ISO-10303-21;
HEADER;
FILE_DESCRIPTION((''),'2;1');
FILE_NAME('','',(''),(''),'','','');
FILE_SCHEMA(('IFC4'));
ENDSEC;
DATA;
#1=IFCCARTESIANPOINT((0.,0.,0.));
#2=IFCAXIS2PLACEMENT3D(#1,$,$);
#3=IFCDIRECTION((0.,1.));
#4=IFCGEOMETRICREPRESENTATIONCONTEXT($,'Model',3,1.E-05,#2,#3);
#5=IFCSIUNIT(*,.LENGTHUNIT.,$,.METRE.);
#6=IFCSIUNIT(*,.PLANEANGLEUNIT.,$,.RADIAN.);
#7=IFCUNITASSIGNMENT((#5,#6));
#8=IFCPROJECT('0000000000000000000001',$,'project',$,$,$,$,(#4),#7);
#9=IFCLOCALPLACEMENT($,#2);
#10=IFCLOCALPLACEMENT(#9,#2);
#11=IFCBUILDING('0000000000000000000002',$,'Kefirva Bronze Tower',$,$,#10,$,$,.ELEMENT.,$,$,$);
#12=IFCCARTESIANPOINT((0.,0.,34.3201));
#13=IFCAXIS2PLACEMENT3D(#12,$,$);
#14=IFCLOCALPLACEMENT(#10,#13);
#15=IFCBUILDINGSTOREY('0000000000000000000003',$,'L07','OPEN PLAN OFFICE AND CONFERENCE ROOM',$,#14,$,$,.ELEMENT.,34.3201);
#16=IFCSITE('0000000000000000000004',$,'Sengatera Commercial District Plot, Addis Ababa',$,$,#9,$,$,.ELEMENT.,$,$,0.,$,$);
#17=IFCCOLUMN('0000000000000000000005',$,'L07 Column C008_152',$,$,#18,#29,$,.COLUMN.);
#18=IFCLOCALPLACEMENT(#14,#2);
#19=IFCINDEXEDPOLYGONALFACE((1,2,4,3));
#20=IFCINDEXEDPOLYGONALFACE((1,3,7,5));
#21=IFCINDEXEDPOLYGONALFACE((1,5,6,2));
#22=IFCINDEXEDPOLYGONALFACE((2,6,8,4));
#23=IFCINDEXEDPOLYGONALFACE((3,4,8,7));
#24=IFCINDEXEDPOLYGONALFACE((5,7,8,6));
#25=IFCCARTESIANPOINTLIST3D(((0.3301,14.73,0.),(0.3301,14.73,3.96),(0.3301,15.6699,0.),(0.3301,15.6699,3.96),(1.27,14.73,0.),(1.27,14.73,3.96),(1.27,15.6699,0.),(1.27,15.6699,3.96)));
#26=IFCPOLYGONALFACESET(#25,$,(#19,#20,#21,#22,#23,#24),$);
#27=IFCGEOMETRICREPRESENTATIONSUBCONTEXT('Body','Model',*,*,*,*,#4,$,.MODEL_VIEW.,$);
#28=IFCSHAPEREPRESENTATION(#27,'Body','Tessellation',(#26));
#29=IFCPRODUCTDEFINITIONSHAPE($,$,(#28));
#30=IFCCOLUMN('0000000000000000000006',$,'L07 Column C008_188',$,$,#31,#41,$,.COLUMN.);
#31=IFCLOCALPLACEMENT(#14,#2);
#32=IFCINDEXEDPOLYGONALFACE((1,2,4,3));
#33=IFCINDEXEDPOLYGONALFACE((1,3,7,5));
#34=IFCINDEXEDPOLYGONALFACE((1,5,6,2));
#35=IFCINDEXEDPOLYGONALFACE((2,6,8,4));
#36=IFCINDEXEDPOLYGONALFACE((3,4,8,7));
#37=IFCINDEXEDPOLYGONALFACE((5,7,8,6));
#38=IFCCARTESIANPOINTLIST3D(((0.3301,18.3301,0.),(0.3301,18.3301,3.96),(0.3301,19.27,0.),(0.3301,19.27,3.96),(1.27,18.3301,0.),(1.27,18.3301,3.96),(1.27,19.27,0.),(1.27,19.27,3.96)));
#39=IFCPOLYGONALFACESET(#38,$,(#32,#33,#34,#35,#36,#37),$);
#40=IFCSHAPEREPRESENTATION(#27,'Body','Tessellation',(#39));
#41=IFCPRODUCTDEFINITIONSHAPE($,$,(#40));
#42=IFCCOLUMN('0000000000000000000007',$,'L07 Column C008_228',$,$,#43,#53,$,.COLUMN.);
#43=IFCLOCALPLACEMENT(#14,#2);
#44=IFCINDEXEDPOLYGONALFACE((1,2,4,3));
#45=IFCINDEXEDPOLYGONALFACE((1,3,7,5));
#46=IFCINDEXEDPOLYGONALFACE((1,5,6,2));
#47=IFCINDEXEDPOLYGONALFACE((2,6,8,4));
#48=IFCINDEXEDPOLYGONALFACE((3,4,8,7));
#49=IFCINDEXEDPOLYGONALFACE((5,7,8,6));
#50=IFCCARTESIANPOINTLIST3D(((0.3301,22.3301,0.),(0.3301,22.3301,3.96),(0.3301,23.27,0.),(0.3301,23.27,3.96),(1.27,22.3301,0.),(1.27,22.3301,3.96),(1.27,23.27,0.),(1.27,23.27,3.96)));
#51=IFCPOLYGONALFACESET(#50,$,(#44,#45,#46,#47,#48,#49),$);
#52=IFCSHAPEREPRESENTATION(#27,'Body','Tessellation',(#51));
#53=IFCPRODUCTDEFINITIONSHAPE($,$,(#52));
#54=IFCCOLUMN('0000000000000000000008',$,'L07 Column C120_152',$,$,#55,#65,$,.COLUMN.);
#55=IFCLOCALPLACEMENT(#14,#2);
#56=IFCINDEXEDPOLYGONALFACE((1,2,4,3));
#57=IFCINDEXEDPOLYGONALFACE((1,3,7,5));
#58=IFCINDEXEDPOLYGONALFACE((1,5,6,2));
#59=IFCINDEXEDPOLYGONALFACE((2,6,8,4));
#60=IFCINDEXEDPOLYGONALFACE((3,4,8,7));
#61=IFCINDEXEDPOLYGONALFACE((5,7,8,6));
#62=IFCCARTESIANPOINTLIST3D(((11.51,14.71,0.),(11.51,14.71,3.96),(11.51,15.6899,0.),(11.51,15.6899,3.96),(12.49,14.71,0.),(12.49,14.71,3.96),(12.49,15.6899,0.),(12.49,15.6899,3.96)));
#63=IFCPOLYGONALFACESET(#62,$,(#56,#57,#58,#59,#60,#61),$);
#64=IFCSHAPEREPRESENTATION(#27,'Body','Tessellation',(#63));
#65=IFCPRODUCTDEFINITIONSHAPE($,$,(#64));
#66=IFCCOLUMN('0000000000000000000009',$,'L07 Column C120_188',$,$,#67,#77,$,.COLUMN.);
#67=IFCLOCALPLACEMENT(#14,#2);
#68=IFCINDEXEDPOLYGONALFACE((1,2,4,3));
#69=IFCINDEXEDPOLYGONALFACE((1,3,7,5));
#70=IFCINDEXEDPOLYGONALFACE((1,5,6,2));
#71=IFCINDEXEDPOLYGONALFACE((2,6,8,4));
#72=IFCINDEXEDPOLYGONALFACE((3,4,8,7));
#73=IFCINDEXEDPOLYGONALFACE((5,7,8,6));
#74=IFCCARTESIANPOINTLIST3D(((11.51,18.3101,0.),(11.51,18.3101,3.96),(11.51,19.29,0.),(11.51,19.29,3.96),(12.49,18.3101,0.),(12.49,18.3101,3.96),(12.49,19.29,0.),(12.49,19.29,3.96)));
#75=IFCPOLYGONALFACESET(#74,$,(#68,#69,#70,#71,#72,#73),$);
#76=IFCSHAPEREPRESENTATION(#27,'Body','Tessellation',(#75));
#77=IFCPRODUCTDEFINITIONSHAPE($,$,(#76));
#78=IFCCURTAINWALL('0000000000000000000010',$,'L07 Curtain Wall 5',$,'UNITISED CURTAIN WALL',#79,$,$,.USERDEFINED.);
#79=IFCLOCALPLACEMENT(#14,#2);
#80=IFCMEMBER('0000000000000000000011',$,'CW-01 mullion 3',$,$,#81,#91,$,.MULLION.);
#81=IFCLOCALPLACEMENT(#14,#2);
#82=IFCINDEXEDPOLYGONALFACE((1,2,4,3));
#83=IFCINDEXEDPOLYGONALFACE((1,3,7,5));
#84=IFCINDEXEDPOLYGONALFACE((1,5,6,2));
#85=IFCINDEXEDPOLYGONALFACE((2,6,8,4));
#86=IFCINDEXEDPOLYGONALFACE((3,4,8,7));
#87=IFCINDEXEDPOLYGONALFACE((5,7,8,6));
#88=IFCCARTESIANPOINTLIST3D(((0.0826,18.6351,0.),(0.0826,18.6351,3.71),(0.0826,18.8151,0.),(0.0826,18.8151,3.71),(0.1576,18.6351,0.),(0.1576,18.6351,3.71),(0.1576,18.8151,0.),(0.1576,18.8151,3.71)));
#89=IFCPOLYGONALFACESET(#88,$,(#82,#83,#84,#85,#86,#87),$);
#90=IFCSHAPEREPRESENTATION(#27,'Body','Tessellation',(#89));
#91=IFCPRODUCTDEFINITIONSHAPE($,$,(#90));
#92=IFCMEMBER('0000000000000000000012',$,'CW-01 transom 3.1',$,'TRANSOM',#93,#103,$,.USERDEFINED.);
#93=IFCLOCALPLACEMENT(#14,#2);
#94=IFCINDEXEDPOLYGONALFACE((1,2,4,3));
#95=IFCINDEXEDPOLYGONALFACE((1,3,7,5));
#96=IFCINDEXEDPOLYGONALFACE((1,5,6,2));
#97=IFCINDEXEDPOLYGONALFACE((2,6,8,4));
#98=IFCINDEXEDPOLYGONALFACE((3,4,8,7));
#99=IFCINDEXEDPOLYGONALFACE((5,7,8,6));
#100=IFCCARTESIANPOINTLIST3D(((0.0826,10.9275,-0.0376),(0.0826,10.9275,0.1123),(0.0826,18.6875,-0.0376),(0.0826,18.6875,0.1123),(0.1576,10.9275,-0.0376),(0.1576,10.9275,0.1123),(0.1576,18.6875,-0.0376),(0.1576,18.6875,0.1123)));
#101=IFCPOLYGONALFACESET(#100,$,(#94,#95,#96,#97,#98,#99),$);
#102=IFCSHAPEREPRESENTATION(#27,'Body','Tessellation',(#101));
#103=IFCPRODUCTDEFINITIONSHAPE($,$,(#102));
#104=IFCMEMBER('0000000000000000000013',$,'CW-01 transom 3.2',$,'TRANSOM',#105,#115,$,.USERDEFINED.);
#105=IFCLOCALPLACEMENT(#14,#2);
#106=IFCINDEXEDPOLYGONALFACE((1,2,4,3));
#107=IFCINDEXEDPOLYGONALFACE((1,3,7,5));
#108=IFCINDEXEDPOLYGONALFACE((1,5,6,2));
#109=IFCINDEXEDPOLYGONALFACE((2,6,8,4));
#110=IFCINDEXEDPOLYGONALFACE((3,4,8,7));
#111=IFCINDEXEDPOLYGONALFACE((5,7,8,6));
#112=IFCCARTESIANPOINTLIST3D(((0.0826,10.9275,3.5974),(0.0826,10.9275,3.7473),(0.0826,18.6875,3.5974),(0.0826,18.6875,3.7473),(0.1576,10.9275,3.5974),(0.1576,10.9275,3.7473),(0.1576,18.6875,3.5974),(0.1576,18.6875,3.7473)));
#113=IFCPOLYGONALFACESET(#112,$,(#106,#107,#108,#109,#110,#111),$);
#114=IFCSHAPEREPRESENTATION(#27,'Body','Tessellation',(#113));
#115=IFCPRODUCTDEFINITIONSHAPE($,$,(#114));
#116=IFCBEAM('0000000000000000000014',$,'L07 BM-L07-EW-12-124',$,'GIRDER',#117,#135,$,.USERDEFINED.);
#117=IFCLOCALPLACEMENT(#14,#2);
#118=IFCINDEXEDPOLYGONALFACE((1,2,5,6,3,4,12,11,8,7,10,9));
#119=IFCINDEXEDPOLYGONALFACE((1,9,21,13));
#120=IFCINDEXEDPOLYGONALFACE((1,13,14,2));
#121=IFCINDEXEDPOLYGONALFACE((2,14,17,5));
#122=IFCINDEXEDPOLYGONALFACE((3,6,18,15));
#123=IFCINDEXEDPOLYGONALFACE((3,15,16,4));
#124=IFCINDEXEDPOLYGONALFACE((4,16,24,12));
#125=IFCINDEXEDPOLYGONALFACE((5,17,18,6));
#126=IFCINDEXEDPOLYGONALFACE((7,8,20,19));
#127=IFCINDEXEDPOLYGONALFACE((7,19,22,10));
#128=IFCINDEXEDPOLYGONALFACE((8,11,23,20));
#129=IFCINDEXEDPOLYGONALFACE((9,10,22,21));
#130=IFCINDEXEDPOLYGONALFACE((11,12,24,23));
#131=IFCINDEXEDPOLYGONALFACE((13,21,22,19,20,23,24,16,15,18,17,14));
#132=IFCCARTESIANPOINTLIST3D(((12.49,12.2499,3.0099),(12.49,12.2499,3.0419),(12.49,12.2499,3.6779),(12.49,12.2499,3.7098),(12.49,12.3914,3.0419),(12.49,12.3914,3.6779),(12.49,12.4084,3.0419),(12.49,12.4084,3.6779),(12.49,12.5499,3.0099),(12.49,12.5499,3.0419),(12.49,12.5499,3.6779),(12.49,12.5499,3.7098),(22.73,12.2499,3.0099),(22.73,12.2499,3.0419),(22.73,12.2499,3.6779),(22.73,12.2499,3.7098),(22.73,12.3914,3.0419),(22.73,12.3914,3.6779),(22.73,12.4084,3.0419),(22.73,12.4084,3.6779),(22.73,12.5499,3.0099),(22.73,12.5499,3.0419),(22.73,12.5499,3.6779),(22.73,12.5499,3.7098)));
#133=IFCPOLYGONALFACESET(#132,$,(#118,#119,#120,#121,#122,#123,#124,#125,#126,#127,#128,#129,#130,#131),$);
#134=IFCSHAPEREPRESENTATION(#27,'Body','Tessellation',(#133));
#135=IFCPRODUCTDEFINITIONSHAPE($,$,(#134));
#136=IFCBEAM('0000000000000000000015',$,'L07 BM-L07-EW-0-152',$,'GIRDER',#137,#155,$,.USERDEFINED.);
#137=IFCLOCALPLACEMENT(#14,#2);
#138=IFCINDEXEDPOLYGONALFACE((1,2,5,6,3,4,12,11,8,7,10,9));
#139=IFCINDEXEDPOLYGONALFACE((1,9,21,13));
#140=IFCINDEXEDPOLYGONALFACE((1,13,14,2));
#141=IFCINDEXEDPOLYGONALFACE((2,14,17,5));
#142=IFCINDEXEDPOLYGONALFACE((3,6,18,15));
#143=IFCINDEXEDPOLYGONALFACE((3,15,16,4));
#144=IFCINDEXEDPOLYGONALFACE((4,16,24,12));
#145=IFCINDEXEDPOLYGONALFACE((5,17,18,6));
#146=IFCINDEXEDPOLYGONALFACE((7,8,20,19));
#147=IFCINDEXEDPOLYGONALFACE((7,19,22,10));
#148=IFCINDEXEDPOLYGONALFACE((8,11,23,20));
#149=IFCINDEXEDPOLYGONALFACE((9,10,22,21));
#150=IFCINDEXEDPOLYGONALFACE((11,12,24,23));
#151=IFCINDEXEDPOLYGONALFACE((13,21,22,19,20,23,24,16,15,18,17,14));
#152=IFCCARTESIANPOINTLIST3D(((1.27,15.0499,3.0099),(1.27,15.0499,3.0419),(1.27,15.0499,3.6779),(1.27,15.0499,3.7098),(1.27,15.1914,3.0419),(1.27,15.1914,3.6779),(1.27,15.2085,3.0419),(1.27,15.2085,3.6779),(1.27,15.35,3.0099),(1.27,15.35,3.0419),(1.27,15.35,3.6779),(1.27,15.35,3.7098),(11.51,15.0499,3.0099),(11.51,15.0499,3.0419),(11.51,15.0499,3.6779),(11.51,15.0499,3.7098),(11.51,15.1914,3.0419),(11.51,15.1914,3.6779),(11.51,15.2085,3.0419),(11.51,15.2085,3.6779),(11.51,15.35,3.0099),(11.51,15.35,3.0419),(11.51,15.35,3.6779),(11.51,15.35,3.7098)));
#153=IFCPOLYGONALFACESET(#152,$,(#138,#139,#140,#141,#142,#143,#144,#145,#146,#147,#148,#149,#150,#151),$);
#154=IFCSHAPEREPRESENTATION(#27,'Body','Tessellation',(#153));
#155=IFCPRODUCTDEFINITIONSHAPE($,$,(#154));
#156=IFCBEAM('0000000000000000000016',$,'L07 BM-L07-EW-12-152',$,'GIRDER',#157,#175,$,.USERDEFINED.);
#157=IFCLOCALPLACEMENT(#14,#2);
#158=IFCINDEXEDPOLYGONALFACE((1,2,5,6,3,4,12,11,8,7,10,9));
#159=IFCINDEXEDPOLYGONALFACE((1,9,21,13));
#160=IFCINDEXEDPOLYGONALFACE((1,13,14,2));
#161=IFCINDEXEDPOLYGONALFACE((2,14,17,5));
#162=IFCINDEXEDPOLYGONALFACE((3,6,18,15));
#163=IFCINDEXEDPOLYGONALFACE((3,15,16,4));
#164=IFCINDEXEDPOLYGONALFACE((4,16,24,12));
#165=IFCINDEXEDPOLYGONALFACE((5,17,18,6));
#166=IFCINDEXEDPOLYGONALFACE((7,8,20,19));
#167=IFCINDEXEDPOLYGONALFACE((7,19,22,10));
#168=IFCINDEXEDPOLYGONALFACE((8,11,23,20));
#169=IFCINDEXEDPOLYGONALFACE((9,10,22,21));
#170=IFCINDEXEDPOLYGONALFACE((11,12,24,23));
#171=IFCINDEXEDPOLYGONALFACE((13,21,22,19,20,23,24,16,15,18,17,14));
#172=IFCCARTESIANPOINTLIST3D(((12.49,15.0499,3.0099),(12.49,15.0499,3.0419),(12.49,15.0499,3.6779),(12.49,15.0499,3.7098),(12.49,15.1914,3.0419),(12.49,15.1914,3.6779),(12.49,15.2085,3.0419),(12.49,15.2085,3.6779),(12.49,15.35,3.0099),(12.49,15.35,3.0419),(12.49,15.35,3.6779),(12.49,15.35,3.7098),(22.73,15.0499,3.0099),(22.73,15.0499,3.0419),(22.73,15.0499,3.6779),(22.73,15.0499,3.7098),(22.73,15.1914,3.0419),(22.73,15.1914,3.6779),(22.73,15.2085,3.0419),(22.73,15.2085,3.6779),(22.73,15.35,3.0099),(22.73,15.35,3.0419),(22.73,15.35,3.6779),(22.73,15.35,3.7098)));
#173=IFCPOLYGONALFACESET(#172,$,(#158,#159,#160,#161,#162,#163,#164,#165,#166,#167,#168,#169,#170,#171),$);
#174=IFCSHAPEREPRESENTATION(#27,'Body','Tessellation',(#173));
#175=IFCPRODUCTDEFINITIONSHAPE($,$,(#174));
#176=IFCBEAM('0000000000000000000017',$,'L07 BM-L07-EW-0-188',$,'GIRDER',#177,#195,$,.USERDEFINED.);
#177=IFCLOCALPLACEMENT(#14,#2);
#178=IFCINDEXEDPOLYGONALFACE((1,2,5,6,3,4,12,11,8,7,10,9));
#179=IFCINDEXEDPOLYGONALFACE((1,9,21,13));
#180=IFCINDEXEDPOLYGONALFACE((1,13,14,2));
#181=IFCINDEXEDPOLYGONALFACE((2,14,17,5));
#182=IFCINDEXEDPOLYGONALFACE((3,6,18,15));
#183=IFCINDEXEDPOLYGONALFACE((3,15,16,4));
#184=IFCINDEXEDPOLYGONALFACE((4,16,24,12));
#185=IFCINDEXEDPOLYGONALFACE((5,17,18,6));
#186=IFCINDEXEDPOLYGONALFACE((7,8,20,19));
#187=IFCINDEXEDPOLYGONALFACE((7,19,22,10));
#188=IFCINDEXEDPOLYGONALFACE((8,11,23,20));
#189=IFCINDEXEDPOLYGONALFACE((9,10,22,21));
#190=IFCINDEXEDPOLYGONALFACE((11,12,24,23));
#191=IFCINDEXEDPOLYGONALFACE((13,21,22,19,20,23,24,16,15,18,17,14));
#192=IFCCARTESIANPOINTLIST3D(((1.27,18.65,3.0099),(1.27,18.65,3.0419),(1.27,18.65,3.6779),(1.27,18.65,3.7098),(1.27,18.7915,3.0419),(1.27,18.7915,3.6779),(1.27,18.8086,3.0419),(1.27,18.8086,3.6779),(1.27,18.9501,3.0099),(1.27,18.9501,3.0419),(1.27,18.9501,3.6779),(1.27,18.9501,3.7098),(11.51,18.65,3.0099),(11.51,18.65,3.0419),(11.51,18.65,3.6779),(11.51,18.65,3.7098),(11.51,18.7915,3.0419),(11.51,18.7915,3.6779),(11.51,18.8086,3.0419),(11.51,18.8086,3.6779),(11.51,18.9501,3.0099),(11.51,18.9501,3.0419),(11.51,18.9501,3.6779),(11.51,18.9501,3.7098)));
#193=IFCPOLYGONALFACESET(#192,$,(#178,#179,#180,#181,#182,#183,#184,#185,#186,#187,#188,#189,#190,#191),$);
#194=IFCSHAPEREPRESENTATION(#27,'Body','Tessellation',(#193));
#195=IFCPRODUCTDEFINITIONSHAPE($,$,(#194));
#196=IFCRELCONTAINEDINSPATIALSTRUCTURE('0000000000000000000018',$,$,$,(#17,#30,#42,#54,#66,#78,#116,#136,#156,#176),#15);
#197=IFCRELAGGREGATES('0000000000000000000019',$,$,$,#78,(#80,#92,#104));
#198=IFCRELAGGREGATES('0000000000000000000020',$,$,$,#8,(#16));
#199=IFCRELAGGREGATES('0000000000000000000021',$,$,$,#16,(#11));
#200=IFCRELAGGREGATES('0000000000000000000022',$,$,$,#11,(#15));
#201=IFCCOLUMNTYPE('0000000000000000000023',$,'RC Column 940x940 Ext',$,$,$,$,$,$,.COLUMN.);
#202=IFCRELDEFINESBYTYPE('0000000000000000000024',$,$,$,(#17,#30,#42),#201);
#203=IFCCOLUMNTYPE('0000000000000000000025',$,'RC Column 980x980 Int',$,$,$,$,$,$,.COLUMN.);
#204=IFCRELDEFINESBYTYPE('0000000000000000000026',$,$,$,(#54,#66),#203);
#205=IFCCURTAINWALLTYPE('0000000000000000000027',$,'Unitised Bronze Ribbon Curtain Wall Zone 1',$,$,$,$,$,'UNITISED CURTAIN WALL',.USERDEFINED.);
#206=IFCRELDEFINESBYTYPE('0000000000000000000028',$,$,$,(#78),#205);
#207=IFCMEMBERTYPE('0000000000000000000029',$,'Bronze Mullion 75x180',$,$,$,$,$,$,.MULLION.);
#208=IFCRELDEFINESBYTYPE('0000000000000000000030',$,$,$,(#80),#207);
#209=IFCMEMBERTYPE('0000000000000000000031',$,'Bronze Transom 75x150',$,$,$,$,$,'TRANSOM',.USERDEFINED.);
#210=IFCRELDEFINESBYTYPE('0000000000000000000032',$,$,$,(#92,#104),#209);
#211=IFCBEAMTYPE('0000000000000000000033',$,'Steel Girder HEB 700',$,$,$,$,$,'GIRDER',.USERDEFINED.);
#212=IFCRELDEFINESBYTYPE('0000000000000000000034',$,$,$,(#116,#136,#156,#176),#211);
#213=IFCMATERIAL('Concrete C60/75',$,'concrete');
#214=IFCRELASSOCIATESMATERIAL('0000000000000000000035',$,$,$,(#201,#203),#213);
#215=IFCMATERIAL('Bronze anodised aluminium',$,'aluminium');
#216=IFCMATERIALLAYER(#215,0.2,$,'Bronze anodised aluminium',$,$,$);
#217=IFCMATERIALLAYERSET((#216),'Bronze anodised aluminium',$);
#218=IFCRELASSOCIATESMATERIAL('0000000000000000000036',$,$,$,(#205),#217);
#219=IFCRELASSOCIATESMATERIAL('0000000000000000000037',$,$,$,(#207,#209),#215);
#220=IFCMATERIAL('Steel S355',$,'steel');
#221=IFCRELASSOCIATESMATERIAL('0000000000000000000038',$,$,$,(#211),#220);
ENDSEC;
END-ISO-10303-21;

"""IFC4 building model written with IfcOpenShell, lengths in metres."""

from ifc_helpers import new_model, si_unit, direction, frame, origin, origin_2d, place, context, subcontext, project, spatial, rectangle, i_section, extrude, material, layer, layer_set, material_profile, profile_set, type_object, element, aggregate, save


model = new_model("IFC4")

# Units and contexts
model_context = context("Model", 3, precision=1e-05, world=origin(), true_north=direction((0.0, 1.0)))
body_context = subcontext(model_context, "Body", "Model", "MODEL_VIEW")
ifc_project = project(units=[si_unit("LENGTHUNIT", "METRE"), si_unit("PLANEANGLEUNIT", "RADIAN")], contexts=[model_context])

# Site, building, storey
site_placement = place(None, origin())
site = spatial("IfcSite", under=ifc_project, at=site_placement, Name="Sengatera Commercial District Plot, Addis Ababa", CompositionType="ELEMENT", RefElevation=0.0)
building_placement = place(site_placement, origin())
building = spatial("IfcBuilding", under=site, at=building_placement, Name="Kefirva Bronze Tower", CompositionType="ELEMENT")
storey_placement = place(building_placement, frame((0.0, 0.0, 34.3201)))
storey = spatial("IfcBuildingStorey", under=building, at=storey_placement, Name="L07", Description="OPEN PLAN OFFICE AND CONFERENCE ROOM", CompositionType="ELEMENT", Elevation=34.3201)

# Columns
ifc_material_1 = material(Name="Concrete C60/75", Category="concrete")
ifc_material_profile_1 = material_profile(ifc_material_1, rectangle(XDim=0.9399, YDim=0.9399, at=origin_2d()), Name="RC 940x940")
ifc_profile_set_1 = profile_set([ifc_material_profile_1], Name="Concrete C60/75")
column_type_1 = type_object("IfcColumnType", Name="RC Column 940x940 Ext", PredefinedType="COLUMN", material=ifc_profile_set_1)
for number, where, z_axis, x_axis, name in (
    (1, (0.8, 15.2, 0.0), (0.0, 0.0, 1.0), (1.0, 0.0, 0.0), "L07 Column C008_152"),
    (2, (0.8, 18.8, 0.0), (0.0, 0.0, 1.0), (1.0, 0.0, 0.0), "L07 Column C008_188"),
    (3, (0.8, 22.8, 0.0), (0.0, 0.0, 1.0), (1.0, 0.0, 0.0), "L07 Column C008_228"),
):
    element("IfcColumn", number, at=place(storey_placement, frame(where, z_axis=z_axis, x_axis=x_axis)), inside=storey, type_object=column_type_1, Name=name, PredefinedType="COLUMN", context=body_context, shape_type="SweptSolid", body=[
        extrude(rectangle(XDim=0.9399, YDim=0.9399, at=origin_2d()), origin(), (0.0, 0.0, 1.0), 3.96),
    ])
ifc_material_profile_2 = material_profile(ifc_material_1, rectangle(XDim=0.98, YDim=0.98, at=origin_2d()), Name="RC 980x980")
ifc_profile_set_2 = profile_set([ifc_material_profile_2], Name="Concrete C60/75")
column_type_2 = type_object("IfcColumnType", Name="RC Column 980x980 Int", PredefinedType="COLUMN", material=ifc_profile_set_2)
for number, where, z_axis, x_axis, name in (
    (4, (12.0, 15.2, 0.0), (0.0, 0.0, 1.0), (1.0, 0.0, 0.0), "L07 Column C120_152"),
    (5, (12.0, 18.8, 0.0), (0.0, 0.0, 1.0), (1.0, 0.0, 0.0), "L07 Column C120_188"),
):
    element("IfcColumn", number, at=place(storey_placement, frame(where, z_axis=z_axis, x_axis=x_axis)), inside=storey, type_object=column_type_2, Name=name, PredefinedType="COLUMN", context=body_context, shape_type="SweptSolid", body=[
        extrude(rectangle(XDim=0.98, YDim=0.98, at=origin_2d()), origin(), (0.0, 0.0, 1.0), 3.96),
    ])

# Curtain wall, members
ifc_material_2 = material(Name="Bronze anodised aluminium", Category="aluminium")
ifc_layer_1 = layer(ifc_material_2, 0.2, Name="Bronze anodised aluminium")
ifc_layer_set_1 = layer_set([ifc_layer_1], Name="Bronze anodised aluminium")
curtain_wall_type = type_object("IfcCurtainWallType", Name="Unitised Bronze Ribbon Curtain Wall Zone 1", ElementType="UNITISED CURTAIN WALL", PredefinedType="USERDEFINED", material=ifc_layer_set_1)
curtain_wall_placement = place(storey_placement, origin())
curtain_wall = element("IfcCurtainWall", 6, at=curtain_wall_placement, inside=storey, type_object=curtain_wall_type, Name="L07 Curtain Wall 5", ObjectType="UNITISED CURTAIN WALL", PredefinedType="USERDEFINED")
ifc_material_profile_3 = material_profile(ifc_material_2, rectangle(XDim=0.075, YDim=0.1799, at=origin_2d()), Name="ALU 75x180")
ifc_profile_set_3 = profile_set([ifc_material_profile_3], Name="Bronze anodised aluminium")
member_type_1 = type_object("IfcMemberType", Name="Bronze Mullion 75x180", PredefinedType="MULLION", material=ifc_profile_set_3)
member_1_placement = place(storey_placement, frame((0.1201, 18.7251, 0.0), z_axis=(0.0, 0.0, 1.0), x_axis=(1.0, 0.0, 0.0)))
member_1 = element("IfcMember", 7, at=member_1_placement, type_object=member_type_1, Name="CW-01 mullion 3", PredefinedType="MULLION", context=body_context, shape_type="SweptSolid", body=[
    extrude(rectangle(XDim=0.075, YDim=0.1799, at=origin_2d()), origin(), (0.0, 0.0, 1.0), 3.71),
])
ifc_material_profile_4 = material_profile(ifc_material_2, rectangle(XDim=0.075, YDim=0.1499, at=origin_2d()), Name="ALU 75x150")
ifc_profile_set_4 = profile_set([ifc_material_profile_4], Name="Bronze anodised aluminium")
member_type_2 = type_object("IfcMemberType", Name="Bronze Transom 75x150", ElementType="TRANSOM", PredefinedType="USERDEFINED", material=ifc_profile_set_4)
member_2_placement = place(storey_placement, frame((0.1201, 18.6875, 0.0374), z_axis=(0.0, -1.0, 0.0), x_axis=(1.0, 0.0, 0.0)))
member_2 = element("IfcMember", 8, at=member_2_placement, type_object=member_type_2, Name="CW-01 transom 3.1", ObjectType="TRANSOM", PredefinedType="USERDEFINED", context=body_context, shape_type="SweptSolid", body=[
    extrude(rectangle(XDim=0.075, YDim=0.1499, at=origin_2d()), origin(), (0.0, 0.0, 1.0), 7.76),
])
member_3_placement = place(storey_placement, frame((0.1201, 18.6875, 3.6724), z_axis=(0.0, -1.0, 0.0), x_axis=(1.0, 0.0, 0.0)))
member_3 = element("IfcMember", 9, at=member_3_placement, type_object=member_type_2, Name="CW-01 transom 3.2", ObjectType="TRANSOM", PredefinedType="USERDEFINED", context=body_context, shape_type="SweptSolid", body=[
    extrude(rectangle(XDim=0.075, YDim=0.1499, at=origin_2d()), origin(), (0.0, 0.0, 1.0), 7.76),
])

# Beams
ifc_material_3 = material(Name="Steel S355", Category="steel")
ifc_material_profile_5 = material_profile(ifc_material_3, i_section(OverallWidth=0.3, OverallDepth=0.7, WebThickness=0.0171, FlangeThickness=0.032, at=origin_2d()), Name="HEB 700")
ifc_profile_set_5 = profile_set([ifc_material_profile_5], Name="Steel S355")
beam_type_1 = type_object("IfcBeamType", Name="Steel Girder HEB 700", ElementType="GIRDER", PredefinedType="USERDEFINED", material=ifc_profile_set_5)
for number, where, z_axis, x_axis, name in (
    (10, (12.49, 12.3999, 3.3599), (1.0, 0.0, 0.0), (0.0, 1.0, 0.0), "L07 BM-L07-EW-12-124"),
    (11, (1.27, 15.2, 3.3599), (1.0, 0.0, 0.0), (0.0, 1.0, 0.0), "L07 BM-L07-EW-0-152"),
    (12, (12.49, 15.2, 3.3599), (1.0, 0.0, 0.0), (0.0, 1.0, 0.0), "L07 BM-L07-EW-12-152"),
    (13, (1.27, 18.8, 3.3599), (1.0, 0.0, 0.0), (0.0, 1.0, 0.0), "L07 BM-L07-EW-0-188"),
):
    element("IfcBeam", number, at=place(storey_placement, frame(where, z_axis=z_axis, x_axis=x_axis)), inside=storey, type_object=beam_type_1, Name=name, ObjectType="GIRDER", PredefinedType="USERDEFINED", context=body_context, shape_type="SweptSolid", body=[
        extrude(i_section(OverallWidth=0.3, OverallDepth=0.7, WebThickness=0.0171, FlangeThickness=0.032, at=origin_2d()), origin(), (0.0, 0.0, 1.0), 10.24),
    ])

aggregate(curtain_wall, [member_1, member_2, member_3])

save(model, "model.ifc")
